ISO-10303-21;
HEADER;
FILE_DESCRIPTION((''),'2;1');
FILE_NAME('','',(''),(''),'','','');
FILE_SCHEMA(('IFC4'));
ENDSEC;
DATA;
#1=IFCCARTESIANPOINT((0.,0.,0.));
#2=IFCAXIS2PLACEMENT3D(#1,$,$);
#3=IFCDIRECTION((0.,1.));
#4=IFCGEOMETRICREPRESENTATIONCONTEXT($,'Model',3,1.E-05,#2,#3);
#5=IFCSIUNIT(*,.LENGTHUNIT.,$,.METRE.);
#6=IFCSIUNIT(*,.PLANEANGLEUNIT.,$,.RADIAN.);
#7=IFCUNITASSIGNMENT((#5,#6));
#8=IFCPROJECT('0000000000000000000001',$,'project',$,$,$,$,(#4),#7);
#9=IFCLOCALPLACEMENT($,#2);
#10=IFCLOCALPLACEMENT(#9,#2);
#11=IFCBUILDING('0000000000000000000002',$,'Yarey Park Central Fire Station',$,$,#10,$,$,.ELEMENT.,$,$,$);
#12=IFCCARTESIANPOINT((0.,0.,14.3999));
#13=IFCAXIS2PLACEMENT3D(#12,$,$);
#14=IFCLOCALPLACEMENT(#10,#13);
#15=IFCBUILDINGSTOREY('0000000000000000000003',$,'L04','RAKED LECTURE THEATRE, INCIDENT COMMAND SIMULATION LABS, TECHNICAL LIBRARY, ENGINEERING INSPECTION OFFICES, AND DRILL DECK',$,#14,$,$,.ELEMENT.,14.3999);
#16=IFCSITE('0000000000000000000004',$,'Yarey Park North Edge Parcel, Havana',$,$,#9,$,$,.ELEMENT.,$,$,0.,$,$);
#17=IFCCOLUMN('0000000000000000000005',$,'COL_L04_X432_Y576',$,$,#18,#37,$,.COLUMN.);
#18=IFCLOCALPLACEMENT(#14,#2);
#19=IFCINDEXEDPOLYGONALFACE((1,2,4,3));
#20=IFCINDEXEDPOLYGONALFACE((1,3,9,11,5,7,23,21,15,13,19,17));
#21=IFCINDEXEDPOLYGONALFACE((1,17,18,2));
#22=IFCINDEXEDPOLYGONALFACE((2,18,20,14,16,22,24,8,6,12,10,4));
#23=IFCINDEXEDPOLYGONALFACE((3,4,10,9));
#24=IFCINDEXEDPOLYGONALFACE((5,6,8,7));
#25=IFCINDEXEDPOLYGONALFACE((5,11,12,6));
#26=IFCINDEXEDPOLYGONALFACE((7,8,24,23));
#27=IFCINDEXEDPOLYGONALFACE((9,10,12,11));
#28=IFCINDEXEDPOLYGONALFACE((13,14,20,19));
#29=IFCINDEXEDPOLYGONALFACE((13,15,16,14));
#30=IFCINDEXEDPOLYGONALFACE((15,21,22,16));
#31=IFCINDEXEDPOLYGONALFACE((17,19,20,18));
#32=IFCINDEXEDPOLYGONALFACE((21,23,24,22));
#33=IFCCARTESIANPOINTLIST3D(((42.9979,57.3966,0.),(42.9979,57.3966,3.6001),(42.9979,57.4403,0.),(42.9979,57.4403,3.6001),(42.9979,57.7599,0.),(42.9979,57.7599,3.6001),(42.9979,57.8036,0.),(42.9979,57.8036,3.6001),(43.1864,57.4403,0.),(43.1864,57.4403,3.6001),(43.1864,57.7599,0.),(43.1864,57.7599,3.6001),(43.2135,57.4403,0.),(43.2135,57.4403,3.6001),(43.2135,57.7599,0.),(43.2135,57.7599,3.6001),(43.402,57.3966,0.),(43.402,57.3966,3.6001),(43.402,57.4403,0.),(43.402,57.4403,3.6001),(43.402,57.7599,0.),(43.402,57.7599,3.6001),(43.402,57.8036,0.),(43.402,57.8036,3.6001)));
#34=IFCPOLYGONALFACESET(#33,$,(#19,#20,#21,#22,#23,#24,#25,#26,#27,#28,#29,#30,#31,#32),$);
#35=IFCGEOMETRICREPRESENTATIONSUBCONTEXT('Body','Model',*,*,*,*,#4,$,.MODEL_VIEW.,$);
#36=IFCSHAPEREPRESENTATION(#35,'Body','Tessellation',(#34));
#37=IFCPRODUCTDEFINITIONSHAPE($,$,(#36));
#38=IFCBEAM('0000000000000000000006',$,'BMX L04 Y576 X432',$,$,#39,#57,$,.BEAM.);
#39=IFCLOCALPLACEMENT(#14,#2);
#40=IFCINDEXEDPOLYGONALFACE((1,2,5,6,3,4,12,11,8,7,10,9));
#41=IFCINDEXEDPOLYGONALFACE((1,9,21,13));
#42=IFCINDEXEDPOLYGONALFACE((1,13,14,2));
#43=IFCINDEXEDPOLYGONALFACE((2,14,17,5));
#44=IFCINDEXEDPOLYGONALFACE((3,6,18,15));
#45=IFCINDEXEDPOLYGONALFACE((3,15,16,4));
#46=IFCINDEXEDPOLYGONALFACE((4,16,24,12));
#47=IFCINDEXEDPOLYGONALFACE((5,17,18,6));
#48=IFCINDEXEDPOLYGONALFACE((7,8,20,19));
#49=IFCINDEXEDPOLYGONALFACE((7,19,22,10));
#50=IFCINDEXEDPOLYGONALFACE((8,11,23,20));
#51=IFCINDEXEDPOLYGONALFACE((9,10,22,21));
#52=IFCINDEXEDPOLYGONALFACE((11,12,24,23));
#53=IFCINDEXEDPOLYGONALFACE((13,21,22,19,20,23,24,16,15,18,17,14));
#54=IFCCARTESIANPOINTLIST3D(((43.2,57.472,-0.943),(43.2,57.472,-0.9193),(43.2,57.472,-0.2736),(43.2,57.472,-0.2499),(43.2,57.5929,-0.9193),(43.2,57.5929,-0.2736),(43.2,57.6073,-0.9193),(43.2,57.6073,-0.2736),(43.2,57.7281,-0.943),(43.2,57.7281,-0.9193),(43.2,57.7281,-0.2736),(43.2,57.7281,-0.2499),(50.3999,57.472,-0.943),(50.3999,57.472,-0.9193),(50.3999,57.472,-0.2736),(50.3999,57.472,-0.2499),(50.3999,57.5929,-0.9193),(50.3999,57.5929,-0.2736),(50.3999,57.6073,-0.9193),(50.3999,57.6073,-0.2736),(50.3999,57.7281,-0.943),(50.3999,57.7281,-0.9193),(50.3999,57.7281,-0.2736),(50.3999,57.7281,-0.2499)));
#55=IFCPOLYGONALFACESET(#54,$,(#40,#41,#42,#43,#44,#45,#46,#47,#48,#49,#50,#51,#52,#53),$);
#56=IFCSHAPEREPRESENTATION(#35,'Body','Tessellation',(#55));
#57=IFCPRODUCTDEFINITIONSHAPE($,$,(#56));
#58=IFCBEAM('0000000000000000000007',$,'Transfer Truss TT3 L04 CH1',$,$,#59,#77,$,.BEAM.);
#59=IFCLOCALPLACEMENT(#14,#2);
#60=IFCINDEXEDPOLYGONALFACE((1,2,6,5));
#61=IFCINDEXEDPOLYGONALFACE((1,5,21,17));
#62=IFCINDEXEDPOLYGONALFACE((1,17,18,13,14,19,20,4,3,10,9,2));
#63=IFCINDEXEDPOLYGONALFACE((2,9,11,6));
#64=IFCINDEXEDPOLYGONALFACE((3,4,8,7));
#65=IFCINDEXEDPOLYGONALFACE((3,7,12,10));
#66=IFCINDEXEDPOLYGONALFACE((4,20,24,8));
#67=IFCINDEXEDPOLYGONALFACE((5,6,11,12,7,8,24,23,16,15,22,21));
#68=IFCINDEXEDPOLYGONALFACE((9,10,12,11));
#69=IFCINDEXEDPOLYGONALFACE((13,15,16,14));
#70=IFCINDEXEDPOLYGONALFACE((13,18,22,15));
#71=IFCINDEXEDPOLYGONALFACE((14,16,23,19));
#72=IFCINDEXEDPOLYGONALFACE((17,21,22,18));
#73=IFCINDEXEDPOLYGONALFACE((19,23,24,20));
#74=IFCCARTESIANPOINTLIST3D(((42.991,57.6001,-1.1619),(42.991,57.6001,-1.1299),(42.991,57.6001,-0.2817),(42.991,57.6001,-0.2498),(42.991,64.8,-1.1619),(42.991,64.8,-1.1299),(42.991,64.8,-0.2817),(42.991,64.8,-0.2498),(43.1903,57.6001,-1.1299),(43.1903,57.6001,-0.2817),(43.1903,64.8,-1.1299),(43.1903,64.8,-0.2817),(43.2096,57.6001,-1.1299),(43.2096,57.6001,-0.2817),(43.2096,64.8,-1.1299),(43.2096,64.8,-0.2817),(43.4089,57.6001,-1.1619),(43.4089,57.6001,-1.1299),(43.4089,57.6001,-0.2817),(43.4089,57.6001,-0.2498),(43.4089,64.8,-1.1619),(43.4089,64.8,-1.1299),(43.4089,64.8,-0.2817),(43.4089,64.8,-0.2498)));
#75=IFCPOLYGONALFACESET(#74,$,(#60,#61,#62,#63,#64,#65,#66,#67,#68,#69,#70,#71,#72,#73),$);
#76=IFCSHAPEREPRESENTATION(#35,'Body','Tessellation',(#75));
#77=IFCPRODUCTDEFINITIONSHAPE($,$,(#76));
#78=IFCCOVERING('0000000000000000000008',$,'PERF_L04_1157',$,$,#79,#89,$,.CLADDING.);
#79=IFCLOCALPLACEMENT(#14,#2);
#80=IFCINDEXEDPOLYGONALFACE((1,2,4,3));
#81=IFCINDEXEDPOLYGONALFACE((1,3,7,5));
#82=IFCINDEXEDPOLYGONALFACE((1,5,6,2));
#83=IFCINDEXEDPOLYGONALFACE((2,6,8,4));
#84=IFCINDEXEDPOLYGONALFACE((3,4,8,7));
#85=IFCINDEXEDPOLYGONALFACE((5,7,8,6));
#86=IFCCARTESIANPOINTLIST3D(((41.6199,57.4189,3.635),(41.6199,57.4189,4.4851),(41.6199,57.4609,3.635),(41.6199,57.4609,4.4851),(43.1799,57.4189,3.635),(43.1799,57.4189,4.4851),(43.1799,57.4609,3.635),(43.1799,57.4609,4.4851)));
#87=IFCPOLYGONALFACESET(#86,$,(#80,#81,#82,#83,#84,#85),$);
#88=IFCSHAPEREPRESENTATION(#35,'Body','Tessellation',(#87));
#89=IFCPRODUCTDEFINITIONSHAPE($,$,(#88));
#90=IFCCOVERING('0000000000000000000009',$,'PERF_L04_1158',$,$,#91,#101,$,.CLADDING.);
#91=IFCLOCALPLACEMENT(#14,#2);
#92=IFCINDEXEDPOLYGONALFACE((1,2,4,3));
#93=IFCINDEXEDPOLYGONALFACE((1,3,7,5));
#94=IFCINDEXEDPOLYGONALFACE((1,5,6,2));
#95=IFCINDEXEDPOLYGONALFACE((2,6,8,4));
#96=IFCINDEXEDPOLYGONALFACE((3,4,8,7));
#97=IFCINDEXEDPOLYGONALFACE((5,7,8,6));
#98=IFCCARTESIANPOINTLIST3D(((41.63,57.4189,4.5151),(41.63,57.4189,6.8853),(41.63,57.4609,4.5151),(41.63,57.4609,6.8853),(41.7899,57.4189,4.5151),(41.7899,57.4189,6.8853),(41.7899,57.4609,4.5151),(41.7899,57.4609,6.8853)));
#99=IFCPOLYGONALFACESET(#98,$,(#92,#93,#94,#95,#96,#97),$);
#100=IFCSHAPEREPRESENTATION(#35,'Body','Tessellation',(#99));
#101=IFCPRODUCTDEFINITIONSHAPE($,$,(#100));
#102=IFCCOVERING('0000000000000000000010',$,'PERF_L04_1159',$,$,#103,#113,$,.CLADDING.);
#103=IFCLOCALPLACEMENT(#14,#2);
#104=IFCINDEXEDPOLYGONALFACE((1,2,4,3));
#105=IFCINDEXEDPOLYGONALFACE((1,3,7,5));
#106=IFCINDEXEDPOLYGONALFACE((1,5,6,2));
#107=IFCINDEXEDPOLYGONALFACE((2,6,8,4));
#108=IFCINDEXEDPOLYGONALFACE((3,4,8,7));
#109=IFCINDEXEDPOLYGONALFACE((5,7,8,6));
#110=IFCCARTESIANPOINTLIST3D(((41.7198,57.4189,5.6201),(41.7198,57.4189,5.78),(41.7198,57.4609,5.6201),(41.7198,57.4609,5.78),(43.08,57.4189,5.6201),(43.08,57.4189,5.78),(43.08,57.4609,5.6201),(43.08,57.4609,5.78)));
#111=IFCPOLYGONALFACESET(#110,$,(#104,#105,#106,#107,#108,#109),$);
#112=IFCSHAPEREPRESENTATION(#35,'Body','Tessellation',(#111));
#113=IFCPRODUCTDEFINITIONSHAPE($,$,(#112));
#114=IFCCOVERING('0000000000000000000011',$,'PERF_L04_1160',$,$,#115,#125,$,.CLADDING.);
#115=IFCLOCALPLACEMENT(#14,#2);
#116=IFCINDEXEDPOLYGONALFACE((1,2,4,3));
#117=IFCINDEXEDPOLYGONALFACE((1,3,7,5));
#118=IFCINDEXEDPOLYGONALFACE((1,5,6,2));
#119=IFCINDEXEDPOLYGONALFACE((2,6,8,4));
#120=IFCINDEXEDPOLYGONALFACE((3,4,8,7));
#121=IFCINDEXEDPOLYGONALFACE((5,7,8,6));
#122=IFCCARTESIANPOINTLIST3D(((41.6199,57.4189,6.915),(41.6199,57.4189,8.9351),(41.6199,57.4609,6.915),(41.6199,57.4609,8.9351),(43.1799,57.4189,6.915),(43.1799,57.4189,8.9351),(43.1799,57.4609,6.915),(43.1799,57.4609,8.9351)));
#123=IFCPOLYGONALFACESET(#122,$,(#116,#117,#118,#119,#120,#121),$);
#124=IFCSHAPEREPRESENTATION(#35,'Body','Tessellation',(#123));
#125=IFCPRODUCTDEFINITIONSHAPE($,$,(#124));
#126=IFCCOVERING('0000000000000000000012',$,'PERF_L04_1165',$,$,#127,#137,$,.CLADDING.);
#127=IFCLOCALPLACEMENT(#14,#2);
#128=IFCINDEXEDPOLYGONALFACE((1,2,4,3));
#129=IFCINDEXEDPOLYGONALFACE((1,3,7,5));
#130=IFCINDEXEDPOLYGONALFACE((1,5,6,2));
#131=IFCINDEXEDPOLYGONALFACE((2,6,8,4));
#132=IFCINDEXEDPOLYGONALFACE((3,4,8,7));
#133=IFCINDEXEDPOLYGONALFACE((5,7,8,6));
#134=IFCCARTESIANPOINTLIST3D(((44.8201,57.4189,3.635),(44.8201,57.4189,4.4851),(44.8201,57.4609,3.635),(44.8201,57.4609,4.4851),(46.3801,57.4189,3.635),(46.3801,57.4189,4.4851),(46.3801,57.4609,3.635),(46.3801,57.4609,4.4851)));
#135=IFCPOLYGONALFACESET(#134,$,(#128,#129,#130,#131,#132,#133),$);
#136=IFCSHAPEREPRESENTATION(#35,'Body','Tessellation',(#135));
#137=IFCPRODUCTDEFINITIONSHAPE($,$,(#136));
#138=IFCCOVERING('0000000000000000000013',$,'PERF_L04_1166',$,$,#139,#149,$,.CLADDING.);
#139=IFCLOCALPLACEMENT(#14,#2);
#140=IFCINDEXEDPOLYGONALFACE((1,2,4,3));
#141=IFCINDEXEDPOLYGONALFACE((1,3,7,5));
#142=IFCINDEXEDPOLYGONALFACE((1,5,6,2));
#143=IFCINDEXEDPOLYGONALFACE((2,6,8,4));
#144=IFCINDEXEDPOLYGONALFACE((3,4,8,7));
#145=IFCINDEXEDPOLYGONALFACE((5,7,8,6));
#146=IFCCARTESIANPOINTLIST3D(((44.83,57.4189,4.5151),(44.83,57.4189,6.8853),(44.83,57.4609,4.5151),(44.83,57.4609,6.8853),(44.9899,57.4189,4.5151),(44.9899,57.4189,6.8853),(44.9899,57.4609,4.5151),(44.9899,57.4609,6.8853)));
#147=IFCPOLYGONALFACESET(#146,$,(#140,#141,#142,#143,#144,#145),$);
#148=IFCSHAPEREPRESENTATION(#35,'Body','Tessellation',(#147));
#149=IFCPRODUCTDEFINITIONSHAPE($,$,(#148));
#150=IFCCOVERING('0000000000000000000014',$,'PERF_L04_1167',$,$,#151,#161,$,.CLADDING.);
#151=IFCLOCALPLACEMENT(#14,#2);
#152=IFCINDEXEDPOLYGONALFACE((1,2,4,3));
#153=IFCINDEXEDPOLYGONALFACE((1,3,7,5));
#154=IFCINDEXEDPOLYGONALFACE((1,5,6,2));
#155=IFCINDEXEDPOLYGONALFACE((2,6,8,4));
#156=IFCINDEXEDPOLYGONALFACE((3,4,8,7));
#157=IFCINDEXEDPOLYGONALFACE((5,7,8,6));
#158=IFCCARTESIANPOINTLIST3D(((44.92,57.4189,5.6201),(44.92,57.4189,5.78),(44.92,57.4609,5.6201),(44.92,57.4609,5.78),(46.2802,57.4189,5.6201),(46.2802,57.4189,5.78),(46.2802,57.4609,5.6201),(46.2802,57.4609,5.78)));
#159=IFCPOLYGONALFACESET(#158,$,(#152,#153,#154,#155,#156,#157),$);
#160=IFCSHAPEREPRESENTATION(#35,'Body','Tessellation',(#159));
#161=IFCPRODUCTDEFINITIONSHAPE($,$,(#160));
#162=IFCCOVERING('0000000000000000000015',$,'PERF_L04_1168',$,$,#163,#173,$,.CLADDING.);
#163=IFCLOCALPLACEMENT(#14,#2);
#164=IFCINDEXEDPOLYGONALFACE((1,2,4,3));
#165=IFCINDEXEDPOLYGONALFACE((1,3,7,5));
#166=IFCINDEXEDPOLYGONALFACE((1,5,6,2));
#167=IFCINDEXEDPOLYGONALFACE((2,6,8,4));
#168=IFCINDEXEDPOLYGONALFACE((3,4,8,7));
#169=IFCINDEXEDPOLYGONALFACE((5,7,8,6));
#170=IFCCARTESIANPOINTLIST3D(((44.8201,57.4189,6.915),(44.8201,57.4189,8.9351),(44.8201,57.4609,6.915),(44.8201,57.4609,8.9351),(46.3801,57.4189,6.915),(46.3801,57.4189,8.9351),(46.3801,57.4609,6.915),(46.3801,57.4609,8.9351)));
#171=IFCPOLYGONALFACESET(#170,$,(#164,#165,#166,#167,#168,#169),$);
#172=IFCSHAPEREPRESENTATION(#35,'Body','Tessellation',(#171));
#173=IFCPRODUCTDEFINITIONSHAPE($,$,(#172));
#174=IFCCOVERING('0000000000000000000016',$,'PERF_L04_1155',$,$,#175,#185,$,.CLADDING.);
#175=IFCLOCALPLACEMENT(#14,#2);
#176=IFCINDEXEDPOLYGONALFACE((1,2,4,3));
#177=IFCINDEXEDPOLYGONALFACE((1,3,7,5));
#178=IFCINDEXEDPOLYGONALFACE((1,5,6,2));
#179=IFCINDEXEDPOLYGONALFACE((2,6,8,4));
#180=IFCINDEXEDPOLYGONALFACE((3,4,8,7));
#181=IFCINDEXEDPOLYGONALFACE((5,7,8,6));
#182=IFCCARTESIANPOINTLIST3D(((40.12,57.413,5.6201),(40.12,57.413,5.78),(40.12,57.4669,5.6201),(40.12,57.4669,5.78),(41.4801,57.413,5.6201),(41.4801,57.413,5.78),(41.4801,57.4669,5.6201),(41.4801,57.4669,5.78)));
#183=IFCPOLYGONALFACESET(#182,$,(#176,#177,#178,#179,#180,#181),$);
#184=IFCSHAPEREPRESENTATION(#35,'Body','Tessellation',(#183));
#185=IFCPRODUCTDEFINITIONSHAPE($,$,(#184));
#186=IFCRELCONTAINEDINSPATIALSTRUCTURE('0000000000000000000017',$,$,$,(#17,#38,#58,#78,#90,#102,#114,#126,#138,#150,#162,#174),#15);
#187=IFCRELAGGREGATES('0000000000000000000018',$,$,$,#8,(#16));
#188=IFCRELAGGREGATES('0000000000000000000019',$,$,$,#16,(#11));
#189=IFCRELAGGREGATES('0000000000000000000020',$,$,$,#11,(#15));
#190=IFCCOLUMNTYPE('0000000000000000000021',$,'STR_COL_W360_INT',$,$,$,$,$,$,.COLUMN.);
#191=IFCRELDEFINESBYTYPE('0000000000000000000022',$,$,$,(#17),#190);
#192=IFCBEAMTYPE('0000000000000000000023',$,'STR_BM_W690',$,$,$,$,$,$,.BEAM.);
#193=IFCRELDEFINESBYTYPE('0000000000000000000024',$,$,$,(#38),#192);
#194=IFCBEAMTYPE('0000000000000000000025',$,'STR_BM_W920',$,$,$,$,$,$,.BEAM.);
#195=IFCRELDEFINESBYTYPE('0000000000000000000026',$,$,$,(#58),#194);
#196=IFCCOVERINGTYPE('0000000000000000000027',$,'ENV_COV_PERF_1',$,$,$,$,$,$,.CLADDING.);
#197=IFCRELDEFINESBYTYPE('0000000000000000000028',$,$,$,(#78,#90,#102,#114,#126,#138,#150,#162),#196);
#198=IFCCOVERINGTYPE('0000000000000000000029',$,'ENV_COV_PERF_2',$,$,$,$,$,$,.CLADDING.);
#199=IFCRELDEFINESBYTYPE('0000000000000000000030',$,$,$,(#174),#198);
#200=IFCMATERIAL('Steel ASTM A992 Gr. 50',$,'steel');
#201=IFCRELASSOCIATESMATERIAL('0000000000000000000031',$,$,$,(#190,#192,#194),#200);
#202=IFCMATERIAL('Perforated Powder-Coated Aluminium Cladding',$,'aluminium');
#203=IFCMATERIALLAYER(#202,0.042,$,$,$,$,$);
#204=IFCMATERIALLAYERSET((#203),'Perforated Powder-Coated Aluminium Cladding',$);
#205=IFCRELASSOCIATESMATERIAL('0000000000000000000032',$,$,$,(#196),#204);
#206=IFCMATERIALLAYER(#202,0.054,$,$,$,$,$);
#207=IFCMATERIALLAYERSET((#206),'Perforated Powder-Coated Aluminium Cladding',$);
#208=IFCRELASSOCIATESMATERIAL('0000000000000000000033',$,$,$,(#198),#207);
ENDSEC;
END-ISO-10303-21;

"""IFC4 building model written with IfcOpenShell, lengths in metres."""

from ifc_helpers import new_model, si_unit, direction, frame, origin, origin_2d, place, context, subcontext, project, spatial, rectangle, i_section, extrude, material, layer, layer_set, material_profile, profile_set, type_object, element, save


model = new_model("IFC4")

# Units and contexts
model_context = context("Model", 3, precision=1e-05, world=origin(), true_north=direction((0.0, 1.0)))
body_context = subcontext(model_context, "Body", "Model", "MODEL_VIEW")
ifc_project = project(units=[si_unit("LENGTHUNIT", "METRE"), si_unit("PLANEANGLEUNIT", "RADIAN")], contexts=[model_context])

# Site, building, storey
site_placement = place(None, origin())
site = spatial("IfcSite", under=ifc_project, at=site_placement, Name="Yarey Park North Edge Parcel, Havana", CompositionType="ELEMENT", RefElevation=0.0)
building_placement = place(site_placement, origin())
building = spatial("IfcBuilding", under=site, at=building_placement, Name="Yarey Park Central Fire Station", CompositionType="ELEMENT")
storey_placement = place(building_placement, frame((0.0, 0.0, 14.3999)))
storey = spatial("IfcBuildingStorey", under=building, at=storey_placement, Name="L04", Description="RAKED LECTURE THEATRE, INCIDENT COMMAND SIMULATION LABS, TECHNICAL LIBRARY, ENGINEERING INSPECTION OFFICES, AND DRILL DECK", CompositionType="ELEMENT", Elevation=14.3999)

# Column
ifc_material_1 = material(Name="Steel ASTM A992 Gr. 50", Category="steel")
ifc_material_profile_1 = material_profile(ifc_material_1, i_section(OverallWidth=0.4041, OverallDepth=0.407, WebThickness=0.0271, FlangeThickness=0.0437, at=origin_2d()), Name="W360x347")
ifc_profile_set_1 = profile_set([ifc_material_profile_1], Name="Steel ASTM A992 Gr. 50")
column_type = type_object("IfcColumnType", Name="STR_COL_W360_INT", PredefinedType="COLUMN", material=ifc_profile_set_1)
column_placement = place(storey_placement, frame((43.2, 57.6001, 0.0), z_axis=(0.0, 0.0, 1.0), x_axis=(1.0, 0.0, 0.0)))
element("IfcColumn", 1, at=column_placement, inside=storey, type_object=column_type, Name="COL_L04_X432_Y576", PredefinedType="COLUMN", context=body_context, shape_type="SweptSolid", body=[
    extrude(i_section(OverallWidth=0.4041, OverallDepth=0.407, WebThickness=0.0271, FlangeThickness=0.0437, at=origin_2d()), origin(), (0.0, 0.0, 1.0), 3.6001),
])

# Beams
ifc_material_profile_2 = material_profile(ifc_material_1, i_section(OverallWidth=0.2561, OverallDepth=0.6931, WebThickness=0.0144, FlangeThickness=0.0237, at=origin_2d()), Name="W690x170")
ifc_profile_set_2 = profile_set([ifc_material_profile_2], Name="Steel ASTM A992 Gr. 50")
beam_type_1 = type_object("IfcBeamType", Name="STR_BM_W690", PredefinedType="BEAM", material=ifc_profile_set_2)
beam_1_placement = place(storey_placement, frame((43.2, 57.6001, -0.5964), z_axis=(1.0, 0.0, 0.0), x_axis=(0.0, 1.0, 0.0)))
element("IfcBeam", 2, at=beam_1_placement, inside=storey, type_object=beam_type_1, Name="BMX L04 Y576 X432", PredefinedType="BEAM", context=body_context, shape_type="SweptSolid", body=[
    extrude(i_section(OverallWidth=0.2561, OverallDepth=0.6931, WebThickness=0.0144, FlangeThickness=0.0237, at=origin_2d()), origin(), (0.0, 0.0, 1.0), 7.2),
])
ifc_material_profile_3 = material_profile(ifc_material_1, i_section(OverallWidth=0.418, OverallDepth=0.9121, WebThickness=0.0193, FlangeThickness=0.032, at=origin_2d()), Name="W920x342")
ifc_profile_set_3 = profile_set([ifc_material_profile_3], Name="Steel ASTM A992 Gr. 50")
beam_type_2 = type_object("IfcBeamType", Name="STR_BM_W920", PredefinedType="BEAM", material=ifc_profile_set_3)
beam_2_placement = place(storey_placement, frame((43.2, 57.6001, -0.7058), z_axis=(0.0, 1.0, 0.0), x_axis=(-1.0, 0.0, 0.0)))
element("IfcBeam", 3, at=beam_2_placement, inside=storey, type_object=beam_type_2, Name="Transfer Truss TT3 L04 CH1", PredefinedType="BEAM", context=body_context, shape_type="SweptSolid", body=[
    extrude(i_section(OverallWidth=0.418, OverallDepth=0.9121, WebThickness=0.0193, FlangeThickness=0.032, at=origin_2d()), origin(), (0.0, 0.0, 1.0), 7.2),
])

# Coverings
ifc_material_2 = material(Name="Perforated Powder-Coated Aluminium Cladding", Category="aluminium")
ifc_layer_1 = layer(ifc_material_2, 0.042)
ifc_layer_set_1 = layer_set([ifc_layer_1], Name="Perforated Powder-Coated Aluminium Cladding")
covering_type_1 = type_object("IfcCoveringType", Name="ENV_COV_PERF_1", PredefinedType="CLADDING", material=ifc_layer_set_1)
covering_1_placement = place(storey_placement, frame((42.3999, 57.4399, 3.635), z_axis=(0.0, 0.0, 1.0), x_axis=(1.0, 0.0, 0.0)))
element("IfcCovering", 4, at=covering_1_placement, inside=storey, type_object=covering_type_1, Name="PERF_L04_1157", PredefinedType="CLADDING", context=body_context, shape_type="SweptSolid", body=[
    extrude(rectangle(XDim=1.5601, YDim=0.042, at=origin_2d()), origin(), (0.0, 0.0, 1.0), 0.8501),
])
covering_2_placement = place(storey_placement, frame((41.71, 57.4399, 4.5151), z_axis=(0.0, 0.0, 1.0), x_axis=(1.0, 0.0, 0.0)))
element("IfcCovering", 5, at=covering_2_placement, inside=storey, type_object=covering_type_1, Name="PERF_L04_1158", PredefinedType="CLADDING", context=body_context, shape_type="SweptSolid", body=[
    extrude(rectangle(XDim=0.1599, YDim=0.042, at=origin_2d()), origin(), (0.0, 0.0, 1.0), 2.3701),
])
covering_3_placement = place(storey_placement, frame((42.3999, 57.4399, 5.6201), z_axis=(0.0, 0.0, 1.0), x_axis=(1.0, 0.0, 0.0)))
element("IfcCovering", 6, at=covering_3_placement, inside=storey, type_object=covering_type_1, Name="PERF_L04_1159", PredefinedType="CLADDING", context=body_context, shape_type="SweptSolid", body=[
    extrude(rectangle(XDim=1.3601, YDim=0.042, at=origin_2d()), origin(), (0.0, 0.0, 1.0), 0.1599),
])
covering_4_placement = place(storey_placement, frame((42.3999, 57.4399, 6.915), z_axis=(0.0, 0.0, 1.0), x_axis=(1.0, 0.0, 0.0)))
element("IfcCovering", 7, at=covering_4_placement, inside=storey, type_object=covering_type_1, Name="PERF_L04_1160", PredefinedType="CLADDING", context=body_context, shape_type="SweptSolid", body=[
    extrude(rectangle(XDim=1.5601, YDim=0.042, at=origin_2d()), origin(), (0.0, 0.0, 1.0), 2.02),
])
covering_5_placement = place(storey_placement, frame((45.6001, 57.4399, 3.635), z_axis=(0.0, 0.0, 1.0), x_axis=(1.0, 0.0, 0.0)))
element("IfcCovering", 8, at=covering_5_placement, inside=storey, type_object=covering_type_1, Name="PERF_L04_1165", PredefinedType="CLADDING", context=body_context, shape_type="SweptSolid", body=[
    extrude(rectangle(XDim=1.5601, YDim=0.042, at=origin_2d()), origin(), (0.0, 0.0, 1.0), 0.8501),
])
covering_6_placement = place(storey_placement, frame((44.9099, 57.4399, 4.5151), z_axis=(0.0, 0.0, 1.0), x_axis=(1.0, 0.0, 0.0)))
element("IfcCovering", 9, at=covering_6_placement, inside=storey, type_object=covering_type_1, Name="PERF_L04_1166", PredefinedType="CLADDING", context=body_context, shape_type="SweptSolid", body=[
    extrude(rectangle(XDim=0.1599, YDim=0.042, at=origin_2d()), origin(), (0.0, 0.0, 1.0), 2.3701),
])
covering_7_placement = place(storey_placement, frame((45.6001, 57.4399, 5.6201), z_axis=(0.0, 0.0, 1.0), x_axis=(1.0, 0.0, 0.0)))
element("IfcCovering", 10, at=covering_7_placement, inside=storey, type_object=covering_type_1, Name="PERF_L04_1167", PredefinedType="CLADDING", context=body_context, shape_type="SweptSolid", body=[
    extrude(rectangle(XDim=1.3601, YDim=0.042, at=origin_2d()), origin(), (0.0, 0.0, 1.0), 0.1599),
])
covering_8_placement = place(storey_placement, frame((45.6001, 57.4399, 6.915), z_axis=(0.0, 0.0, 1.0), x_axis=(1.0, 0.0, 0.0)))
element("IfcCovering", 11, at=covering_8_placement, inside=storey, type_object=covering_type_1, Name="PERF_L04_1168", PredefinedType="CLADDING", context=body_context, shape_type="SweptSolid", body=[
    extrude(rectangle(XDim=1.5601, YDim=0.042, at=origin_2d()), origin(), (0.0, 0.0, 1.0), 2.02),
])
ifc_layer_2 = layer(ifc_material_2, 0.054)
ifc_layer_set_2 = layer_set([ifc_layer_2], Name="Perforated Powder-Coated Aluminium Cladding")
covering_type_2 = type_object("IfcCoveringType", Name="ENV_COV_PERF_2", PredefinedType="CLADDING", material=ifc_layer_set_2)
covering_9_placement = place(storey_placement, frame((40.8, 57.4399, 5.6201), z_axis=(0.0, 0.0, 1.0), x_axis=(1.0, 0.0, 0.0)))
element("IfcCovering", 12, at=covering_9_placement, inside=storey, type_object=covering_type_2, Name="PERF_L04_1155", PredefinedType="CLADDING", context=body_context, shape_type="SweptSolid", body=[
    extrude(rectangle(XDim=1.3601, YDim=0.054, at=origin_2d()), origin(), (0.0, 0.0, 1.0), 0.1599),
])

save(model, "model.ifc")
